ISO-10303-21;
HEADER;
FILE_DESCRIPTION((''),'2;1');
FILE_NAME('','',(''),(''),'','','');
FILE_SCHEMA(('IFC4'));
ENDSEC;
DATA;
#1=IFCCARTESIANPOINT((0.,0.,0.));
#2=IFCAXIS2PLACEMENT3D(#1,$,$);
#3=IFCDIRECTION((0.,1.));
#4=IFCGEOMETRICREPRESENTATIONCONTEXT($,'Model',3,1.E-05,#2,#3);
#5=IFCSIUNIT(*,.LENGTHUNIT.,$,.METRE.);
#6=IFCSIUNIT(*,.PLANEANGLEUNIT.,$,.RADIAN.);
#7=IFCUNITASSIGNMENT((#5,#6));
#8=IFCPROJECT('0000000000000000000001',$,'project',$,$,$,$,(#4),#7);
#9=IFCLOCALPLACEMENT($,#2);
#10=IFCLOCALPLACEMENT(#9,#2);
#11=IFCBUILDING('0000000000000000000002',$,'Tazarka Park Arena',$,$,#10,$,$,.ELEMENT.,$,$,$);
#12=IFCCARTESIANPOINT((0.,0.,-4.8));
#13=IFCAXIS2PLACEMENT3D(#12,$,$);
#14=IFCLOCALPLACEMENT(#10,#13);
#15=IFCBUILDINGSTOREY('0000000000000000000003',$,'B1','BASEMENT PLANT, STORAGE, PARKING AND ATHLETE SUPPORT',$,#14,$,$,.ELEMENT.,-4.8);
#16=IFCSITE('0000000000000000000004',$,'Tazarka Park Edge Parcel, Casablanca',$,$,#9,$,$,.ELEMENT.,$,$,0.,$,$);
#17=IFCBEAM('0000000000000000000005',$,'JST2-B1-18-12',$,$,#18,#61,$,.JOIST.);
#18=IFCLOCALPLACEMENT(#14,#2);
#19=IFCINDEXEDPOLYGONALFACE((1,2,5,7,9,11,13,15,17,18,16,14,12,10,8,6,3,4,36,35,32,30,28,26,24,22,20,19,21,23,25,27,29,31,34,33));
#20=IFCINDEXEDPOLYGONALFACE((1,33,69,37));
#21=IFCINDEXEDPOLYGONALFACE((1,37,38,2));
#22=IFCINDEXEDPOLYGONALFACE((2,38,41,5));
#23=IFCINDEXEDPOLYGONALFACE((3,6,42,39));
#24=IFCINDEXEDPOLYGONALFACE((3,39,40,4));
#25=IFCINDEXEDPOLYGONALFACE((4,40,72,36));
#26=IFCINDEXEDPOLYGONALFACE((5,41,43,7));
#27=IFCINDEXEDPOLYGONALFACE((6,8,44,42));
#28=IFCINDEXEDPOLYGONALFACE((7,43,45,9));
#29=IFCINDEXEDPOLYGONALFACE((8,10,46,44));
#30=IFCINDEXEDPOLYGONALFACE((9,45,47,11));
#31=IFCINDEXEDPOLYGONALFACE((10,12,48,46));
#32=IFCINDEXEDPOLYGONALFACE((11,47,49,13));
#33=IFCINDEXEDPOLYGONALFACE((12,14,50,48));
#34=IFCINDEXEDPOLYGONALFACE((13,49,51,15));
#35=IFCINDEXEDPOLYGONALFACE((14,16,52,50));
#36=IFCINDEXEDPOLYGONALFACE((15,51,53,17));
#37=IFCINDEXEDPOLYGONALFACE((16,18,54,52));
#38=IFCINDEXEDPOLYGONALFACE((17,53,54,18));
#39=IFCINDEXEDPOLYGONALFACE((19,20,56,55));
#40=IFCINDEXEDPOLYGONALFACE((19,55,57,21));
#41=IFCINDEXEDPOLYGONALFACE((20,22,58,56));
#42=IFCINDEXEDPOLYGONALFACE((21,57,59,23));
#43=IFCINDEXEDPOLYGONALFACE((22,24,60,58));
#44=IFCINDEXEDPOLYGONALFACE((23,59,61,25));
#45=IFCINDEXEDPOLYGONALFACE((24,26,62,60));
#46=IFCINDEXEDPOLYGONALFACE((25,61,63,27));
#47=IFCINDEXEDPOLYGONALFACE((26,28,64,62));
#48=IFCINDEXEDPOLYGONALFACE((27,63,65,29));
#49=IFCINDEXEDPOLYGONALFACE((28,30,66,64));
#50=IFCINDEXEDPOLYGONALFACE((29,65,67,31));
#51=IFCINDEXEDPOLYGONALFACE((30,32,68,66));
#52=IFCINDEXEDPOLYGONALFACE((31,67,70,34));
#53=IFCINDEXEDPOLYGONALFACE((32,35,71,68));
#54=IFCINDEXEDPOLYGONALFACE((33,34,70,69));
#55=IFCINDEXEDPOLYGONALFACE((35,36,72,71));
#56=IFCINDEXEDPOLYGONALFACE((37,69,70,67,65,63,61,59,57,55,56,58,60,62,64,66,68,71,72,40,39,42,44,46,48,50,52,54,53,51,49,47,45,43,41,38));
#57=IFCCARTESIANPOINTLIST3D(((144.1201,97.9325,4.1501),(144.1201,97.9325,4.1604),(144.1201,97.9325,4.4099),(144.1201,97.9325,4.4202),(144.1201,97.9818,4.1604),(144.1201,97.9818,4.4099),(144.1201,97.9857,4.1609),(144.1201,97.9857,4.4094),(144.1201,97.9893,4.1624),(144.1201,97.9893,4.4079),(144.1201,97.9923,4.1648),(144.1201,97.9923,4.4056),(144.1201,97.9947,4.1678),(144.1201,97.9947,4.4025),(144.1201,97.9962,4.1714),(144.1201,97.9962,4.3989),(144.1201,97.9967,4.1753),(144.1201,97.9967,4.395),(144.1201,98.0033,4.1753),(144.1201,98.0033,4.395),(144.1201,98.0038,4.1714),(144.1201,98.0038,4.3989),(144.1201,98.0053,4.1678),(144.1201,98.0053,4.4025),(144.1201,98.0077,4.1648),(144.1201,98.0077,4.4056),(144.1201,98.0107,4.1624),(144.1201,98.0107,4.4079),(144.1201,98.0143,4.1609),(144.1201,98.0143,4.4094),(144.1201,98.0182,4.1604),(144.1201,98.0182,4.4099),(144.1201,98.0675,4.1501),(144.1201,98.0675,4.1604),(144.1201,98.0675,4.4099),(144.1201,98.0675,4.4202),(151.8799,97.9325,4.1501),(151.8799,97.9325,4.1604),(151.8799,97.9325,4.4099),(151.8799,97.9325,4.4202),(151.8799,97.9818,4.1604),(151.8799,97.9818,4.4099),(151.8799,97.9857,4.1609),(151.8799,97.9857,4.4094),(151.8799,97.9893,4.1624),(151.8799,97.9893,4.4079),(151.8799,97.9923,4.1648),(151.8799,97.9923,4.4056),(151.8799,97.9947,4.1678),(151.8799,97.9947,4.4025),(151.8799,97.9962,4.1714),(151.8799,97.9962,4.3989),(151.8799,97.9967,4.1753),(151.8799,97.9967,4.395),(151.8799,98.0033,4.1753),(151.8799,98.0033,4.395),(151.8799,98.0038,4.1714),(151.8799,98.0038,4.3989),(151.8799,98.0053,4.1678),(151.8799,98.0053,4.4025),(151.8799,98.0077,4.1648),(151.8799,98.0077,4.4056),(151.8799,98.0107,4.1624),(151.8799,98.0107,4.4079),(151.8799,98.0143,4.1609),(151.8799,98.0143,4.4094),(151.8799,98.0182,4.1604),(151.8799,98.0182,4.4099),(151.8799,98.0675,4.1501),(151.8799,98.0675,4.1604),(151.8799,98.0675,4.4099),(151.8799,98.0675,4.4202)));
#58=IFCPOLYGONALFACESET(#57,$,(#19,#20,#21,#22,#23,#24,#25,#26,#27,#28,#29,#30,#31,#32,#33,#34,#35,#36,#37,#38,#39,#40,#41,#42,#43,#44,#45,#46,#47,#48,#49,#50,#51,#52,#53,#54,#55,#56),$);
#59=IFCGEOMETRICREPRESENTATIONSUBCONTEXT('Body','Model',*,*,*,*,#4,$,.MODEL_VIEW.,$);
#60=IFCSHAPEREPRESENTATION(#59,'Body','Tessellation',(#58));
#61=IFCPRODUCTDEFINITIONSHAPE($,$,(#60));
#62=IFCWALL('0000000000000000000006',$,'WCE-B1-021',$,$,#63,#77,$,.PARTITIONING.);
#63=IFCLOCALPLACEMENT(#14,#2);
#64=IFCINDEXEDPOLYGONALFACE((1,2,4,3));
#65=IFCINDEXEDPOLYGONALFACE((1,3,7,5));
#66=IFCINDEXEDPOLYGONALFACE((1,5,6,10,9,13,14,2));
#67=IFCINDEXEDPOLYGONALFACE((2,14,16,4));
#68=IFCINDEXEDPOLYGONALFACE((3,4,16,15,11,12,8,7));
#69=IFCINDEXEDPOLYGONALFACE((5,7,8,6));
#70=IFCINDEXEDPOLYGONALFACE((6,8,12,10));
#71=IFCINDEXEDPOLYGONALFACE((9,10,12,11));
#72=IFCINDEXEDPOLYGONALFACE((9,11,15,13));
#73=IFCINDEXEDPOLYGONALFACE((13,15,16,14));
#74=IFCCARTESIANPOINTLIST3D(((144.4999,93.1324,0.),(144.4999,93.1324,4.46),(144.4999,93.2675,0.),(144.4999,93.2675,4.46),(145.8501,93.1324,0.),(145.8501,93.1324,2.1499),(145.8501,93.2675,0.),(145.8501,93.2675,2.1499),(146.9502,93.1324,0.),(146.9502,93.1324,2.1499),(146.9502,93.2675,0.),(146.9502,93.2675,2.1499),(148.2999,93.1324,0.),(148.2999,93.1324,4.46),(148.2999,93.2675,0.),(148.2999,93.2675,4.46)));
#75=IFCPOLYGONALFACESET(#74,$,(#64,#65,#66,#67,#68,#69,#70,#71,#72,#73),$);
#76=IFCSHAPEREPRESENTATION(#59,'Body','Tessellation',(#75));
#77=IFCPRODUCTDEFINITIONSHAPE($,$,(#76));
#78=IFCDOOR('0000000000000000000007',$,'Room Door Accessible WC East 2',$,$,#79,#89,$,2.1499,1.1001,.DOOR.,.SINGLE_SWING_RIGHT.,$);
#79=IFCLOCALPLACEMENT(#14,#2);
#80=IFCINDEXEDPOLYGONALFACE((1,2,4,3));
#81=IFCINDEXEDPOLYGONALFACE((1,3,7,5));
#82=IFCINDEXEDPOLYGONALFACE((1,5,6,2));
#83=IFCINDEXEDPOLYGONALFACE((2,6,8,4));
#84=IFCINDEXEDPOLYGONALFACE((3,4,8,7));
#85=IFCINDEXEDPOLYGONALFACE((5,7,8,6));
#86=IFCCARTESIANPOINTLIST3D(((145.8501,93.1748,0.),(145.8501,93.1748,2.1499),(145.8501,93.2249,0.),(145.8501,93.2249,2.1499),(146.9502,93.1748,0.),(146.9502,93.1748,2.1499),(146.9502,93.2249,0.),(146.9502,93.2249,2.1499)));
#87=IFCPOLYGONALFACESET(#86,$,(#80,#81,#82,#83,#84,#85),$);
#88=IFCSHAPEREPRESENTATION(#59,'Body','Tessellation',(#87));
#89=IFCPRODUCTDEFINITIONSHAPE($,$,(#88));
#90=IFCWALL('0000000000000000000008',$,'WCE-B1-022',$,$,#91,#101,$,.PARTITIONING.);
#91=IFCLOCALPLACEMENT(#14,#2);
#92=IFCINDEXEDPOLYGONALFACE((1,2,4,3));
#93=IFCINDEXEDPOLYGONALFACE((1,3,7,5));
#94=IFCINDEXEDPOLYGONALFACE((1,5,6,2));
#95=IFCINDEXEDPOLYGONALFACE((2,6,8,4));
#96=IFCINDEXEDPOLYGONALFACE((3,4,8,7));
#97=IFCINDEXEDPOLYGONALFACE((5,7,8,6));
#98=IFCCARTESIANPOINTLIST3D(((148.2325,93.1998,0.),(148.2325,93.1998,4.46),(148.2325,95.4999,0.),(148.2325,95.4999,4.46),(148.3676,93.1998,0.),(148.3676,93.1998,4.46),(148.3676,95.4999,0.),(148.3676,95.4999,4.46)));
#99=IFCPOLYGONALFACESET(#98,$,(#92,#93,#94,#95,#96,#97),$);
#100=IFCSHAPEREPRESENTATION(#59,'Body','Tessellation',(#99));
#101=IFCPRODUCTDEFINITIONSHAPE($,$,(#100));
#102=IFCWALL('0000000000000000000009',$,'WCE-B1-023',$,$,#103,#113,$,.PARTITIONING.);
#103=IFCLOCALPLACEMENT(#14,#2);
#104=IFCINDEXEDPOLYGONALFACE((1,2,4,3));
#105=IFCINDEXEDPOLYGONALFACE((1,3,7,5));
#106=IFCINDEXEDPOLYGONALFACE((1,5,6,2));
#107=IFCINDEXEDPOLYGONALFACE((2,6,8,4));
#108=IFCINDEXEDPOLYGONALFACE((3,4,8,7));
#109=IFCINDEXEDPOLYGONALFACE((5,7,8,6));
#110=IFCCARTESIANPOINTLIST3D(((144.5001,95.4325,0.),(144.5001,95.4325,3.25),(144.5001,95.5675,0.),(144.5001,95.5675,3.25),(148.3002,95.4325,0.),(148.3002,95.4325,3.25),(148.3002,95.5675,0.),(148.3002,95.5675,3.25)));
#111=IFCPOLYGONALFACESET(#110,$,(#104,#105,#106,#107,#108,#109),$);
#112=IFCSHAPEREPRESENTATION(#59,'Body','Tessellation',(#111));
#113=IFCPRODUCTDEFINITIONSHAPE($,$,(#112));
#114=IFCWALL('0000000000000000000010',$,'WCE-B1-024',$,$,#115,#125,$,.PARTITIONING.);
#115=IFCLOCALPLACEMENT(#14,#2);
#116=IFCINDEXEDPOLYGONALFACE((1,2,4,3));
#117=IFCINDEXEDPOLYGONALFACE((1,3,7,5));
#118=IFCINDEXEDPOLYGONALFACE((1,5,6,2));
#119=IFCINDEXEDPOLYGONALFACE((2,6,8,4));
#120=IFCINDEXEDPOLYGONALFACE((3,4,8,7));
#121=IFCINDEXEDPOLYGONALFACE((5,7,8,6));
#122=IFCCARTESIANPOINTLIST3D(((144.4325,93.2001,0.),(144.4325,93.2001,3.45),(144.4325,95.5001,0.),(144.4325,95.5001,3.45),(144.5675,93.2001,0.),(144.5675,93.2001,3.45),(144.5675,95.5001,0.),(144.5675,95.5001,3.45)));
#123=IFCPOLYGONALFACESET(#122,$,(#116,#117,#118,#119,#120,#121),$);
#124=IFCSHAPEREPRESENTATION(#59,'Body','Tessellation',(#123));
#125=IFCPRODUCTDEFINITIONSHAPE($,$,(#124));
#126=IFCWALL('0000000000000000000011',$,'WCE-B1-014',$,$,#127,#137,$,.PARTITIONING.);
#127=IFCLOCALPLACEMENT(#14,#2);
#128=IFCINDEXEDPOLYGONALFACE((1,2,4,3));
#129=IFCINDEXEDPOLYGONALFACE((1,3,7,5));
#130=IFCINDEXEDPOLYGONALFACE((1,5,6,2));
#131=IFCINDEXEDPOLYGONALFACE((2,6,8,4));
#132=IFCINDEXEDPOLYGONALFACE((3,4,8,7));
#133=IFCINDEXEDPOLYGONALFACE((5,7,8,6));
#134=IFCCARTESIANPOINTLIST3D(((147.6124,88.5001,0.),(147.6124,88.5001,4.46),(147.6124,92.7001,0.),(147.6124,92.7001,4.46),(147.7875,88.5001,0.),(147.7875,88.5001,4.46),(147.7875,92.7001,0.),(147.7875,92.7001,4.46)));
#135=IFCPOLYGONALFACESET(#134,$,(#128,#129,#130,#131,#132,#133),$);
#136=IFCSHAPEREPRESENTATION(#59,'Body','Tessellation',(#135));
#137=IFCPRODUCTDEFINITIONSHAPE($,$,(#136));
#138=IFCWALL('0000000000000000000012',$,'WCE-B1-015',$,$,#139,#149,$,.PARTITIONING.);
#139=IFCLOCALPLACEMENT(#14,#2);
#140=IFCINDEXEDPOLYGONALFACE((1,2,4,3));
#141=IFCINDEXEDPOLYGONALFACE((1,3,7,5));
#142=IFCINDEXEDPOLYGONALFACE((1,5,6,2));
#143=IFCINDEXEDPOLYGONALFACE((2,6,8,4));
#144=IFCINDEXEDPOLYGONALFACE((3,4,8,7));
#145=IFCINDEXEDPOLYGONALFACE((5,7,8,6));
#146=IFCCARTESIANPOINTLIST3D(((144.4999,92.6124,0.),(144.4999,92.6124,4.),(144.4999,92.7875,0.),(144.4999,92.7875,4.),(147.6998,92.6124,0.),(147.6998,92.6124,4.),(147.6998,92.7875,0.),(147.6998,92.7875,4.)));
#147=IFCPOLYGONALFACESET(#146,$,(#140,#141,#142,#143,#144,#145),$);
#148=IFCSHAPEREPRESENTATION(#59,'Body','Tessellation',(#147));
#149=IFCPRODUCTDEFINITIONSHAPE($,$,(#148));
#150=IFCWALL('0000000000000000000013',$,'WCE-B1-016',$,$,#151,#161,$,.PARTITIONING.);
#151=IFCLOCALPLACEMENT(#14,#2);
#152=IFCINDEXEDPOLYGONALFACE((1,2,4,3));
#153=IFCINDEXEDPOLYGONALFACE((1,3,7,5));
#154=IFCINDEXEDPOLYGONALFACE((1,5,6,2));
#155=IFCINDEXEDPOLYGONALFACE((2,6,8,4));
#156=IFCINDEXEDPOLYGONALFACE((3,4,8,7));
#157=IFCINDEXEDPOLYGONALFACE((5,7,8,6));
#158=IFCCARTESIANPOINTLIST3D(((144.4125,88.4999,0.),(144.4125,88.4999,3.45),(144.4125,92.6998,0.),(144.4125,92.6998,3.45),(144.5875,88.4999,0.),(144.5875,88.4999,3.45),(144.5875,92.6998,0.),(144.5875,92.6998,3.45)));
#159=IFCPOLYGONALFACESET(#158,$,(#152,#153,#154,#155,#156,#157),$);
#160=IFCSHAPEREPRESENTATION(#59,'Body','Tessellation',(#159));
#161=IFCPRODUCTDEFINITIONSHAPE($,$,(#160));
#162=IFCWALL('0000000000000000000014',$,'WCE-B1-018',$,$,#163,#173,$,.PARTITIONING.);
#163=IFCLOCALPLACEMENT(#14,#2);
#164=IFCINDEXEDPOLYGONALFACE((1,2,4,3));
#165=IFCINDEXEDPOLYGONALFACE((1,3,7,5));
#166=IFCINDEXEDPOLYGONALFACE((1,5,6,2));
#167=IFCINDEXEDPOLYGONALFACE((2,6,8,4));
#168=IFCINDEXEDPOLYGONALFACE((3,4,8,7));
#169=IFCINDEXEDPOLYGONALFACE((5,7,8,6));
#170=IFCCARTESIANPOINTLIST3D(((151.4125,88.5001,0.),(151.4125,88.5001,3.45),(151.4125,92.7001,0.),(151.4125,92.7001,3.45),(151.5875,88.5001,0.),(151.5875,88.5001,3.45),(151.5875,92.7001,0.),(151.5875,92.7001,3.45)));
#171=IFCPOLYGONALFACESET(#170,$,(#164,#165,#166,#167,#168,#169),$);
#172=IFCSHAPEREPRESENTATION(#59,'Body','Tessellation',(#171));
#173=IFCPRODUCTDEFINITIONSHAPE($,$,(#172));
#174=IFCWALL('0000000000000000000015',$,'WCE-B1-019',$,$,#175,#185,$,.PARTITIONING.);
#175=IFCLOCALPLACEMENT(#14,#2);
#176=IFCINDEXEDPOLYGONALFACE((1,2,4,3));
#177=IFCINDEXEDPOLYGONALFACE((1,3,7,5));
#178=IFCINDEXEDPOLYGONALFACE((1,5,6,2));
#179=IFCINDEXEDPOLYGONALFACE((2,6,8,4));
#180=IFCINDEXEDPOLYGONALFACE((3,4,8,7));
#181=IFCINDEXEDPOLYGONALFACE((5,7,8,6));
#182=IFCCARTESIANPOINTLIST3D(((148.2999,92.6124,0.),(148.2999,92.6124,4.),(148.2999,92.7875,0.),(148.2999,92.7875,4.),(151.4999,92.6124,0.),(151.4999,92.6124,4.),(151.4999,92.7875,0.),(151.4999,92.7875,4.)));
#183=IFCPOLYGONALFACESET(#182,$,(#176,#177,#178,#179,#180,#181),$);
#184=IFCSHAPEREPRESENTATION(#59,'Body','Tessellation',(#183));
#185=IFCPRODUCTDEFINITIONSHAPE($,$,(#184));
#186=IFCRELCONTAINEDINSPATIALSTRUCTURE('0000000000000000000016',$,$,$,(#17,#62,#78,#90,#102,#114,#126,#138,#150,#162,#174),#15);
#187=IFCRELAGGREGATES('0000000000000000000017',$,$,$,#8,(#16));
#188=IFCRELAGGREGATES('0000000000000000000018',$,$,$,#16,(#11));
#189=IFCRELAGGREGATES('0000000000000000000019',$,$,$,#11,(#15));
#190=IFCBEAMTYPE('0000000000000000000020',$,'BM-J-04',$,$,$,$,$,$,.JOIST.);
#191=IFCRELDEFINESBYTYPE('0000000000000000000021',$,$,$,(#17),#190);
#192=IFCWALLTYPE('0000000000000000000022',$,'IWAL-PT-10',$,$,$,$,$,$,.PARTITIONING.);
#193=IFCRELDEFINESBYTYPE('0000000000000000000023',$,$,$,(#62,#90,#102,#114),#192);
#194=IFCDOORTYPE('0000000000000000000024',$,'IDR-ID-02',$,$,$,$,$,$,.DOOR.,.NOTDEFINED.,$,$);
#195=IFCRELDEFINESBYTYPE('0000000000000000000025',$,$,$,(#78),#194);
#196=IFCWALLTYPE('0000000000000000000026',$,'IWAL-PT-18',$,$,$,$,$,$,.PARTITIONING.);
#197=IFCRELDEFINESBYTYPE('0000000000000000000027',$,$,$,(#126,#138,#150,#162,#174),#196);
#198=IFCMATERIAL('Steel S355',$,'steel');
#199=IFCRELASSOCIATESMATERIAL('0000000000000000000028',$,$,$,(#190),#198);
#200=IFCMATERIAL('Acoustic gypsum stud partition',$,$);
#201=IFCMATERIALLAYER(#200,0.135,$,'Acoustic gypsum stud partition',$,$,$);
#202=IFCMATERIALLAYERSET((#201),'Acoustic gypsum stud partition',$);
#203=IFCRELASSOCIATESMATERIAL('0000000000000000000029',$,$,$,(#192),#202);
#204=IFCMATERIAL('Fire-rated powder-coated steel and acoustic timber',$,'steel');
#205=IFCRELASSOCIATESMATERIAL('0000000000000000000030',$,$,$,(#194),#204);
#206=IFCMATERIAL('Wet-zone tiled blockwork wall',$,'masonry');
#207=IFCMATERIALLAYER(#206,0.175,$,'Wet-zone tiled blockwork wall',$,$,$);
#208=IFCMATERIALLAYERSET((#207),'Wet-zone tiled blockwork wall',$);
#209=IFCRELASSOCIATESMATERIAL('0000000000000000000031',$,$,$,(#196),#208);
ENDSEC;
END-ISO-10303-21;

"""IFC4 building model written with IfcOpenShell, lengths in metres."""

from ifc_helpers import new_model, si_unit, direction, frame, frame_2d, origin, origin_2d, place, context, subcontext, project, spatial, rectangle, i_section, extrude, material, layer, layer_set, material_profile, profile_set, type_object, element, fill, save


model = new_model("IFC4")

# Units and contexts
model_context = context("Model", 3, precision=1e-05, world=origin(), true_north=direction((0.0, 1.0)))
body_context = subcontext(model_context, "Body", "Model", "MODEL_VIEW")
ifc_project = project(units=[si_unit("LENGTHUNIT", "METRE"), si_unit("PLANEANGLEUNIT", "RADIAN")], contexts=[model_context])

# Site, building, storey
site_placement = place(None, origin())
site = spatial("IfcSite", under=ifc_project, at=site_placement, Name="Tazarka Park Edge Parcel, Casablanca", CompositionType="ELEMENT", RefElevation=0.0)
building_placement = place(site_placement, origin())
building = spatial("IfcBuilding", under=site, at=building_placement, Name="Tazarka Park Arena", CompositionType="ELEMENT")
storey_placement = place(building_placement, frame((0.0, 0.0, -4.8)))
storey = spatial("IfcBuildingStorey", under=building, at=storey_placement, Name="B1", Description="BASEMENT PLANT, STORAGE, PARKING AND ATHLETE SUPPORT", CompositionType="ELEMENT", Elevation=-4.8)

# Beam
ifc_material_1 = material(Name="Steel S355", Category="steel")
ifc_material_profile_1 = material_profile(ifc_material_1, i_section(OverallWidth=0.135, OverallDepth=0.27, WebThickness=0.0066, FlangeThickness=0.0103, FilletRadius=0.0149, at=origin_2d()), Name="Steel S355")
ifc_profile_set_1 = profile_set([ifc_material_profile_1], Name="Steel S355")
beam_type_1 = type_object("IfcBeamType", Name="BM-J-04", PredefinedType="JOIST", material=ifc_profile_set_1)
beam_1_placement = place(storey_placement, frame((144.1201, 98.0, 4.2852), z_axis=(1.0, 0.0, 0.0), x_axis=(0.0, 1.0, 0.0)))
element("IfcBeam", 1, at=beam_1_placement, inside=storey, type_object=beam_type_1, Name="JST2-B1-18-12", PredefinedType="JOIST", context=body_context, shape_type="SweptSolid", body=[
    extrude(i_section(OverallWidth=0.135, OverallDepth=0.27, WebThickness=0.0066, FlangeThickness=0.0103, FilletRadius=0.0149, at=origin_2d()), origin(), (0.0, 0.0, 1.0), 7.7598),
])

# Wall, opening, door
ifc_material_2 = material(Name="Acoustic gypsum stud partition")
ifc_layer_1 = layer(ifc_material_2, 0.135, Name="Acoustic gypsum stud partition")
ifc_layer_set_1 = layer_set([ifc_layer_1], Name="Acoustic gypsum stud partition")
wall_type_1 = type_object("IfcWallType", Name="IWAL-PT-10", PredefinedType="PARTITIONING", material=ifc_layer_set_1)
wall_1_placement = place(storey_placement, frame((144.5, 93.2, 0.0), z_axis=(0.0, 0.0, 1.0), x_axis=(1.0, 0.0, 0.0)))
wall_1 = element("IfcWall", 2, at=wall_1_placement, inside=storey, type_object=wall_type_1, Name="WCE-B1-021", PredefinedType="PARTITIONING", context=body_context, shape_type="SweptSolid", body=[
    extrude(rectangle(XDim=3.8, YDim=0.135, at=frame_2d((1.8999, 0.0))), origin(), (0.0, 0.0, 1.0), 4.46),
])
opening_1_placement = place(wall_1_placement, frame((1.3501, 0.0, 0.0)))
opening_1 = element("IfcOpeningElement", 3, at=opening_1_placement, cuts=wall_1, PredefinedType="OPENING", context=body_context, shape_type="SweptSolid", body=[
    extrude(rectangle(XDim=1.1001, YDim=2.1499, at=frame_2d((0.55, 1.075))), frame((0.0, 0.0776, 0.0), z_axis=(0.0, -1.0, 0.0), x_axis=(1.0, 0.0, 0.0)), (0.0, 0.0, 1.0), 0.155),
])
ifc_material_3 = material(Name="Fire-rated powder-coated steel and acoustic timber", Category="steel")
door_type_1 = type_object("IfcDoorType", Name="IDR-ID-02", OperationType="NOTDEFINED", PredefinedType="DOOR", material=ifc_material_3)
door_1_placement = place(opening_1_placement, origin())
door_1 = element("IfcDoor", 4, at=door_1_placement, inside=storey, type_object=door_type_1, Name="Room Door Accessible WC East 2", OperationType="SINGLE_SWING_RIGHT", OverallHeight=2.1499, OverallWidth=1.1001, PredefinedType="DOOR", context=body_context, shape_type="SweptSolid", body=[
    extrude(rectangle(XDim=1.1001, YDim=2.1499, at=frame_2d((0.55, 1.075))), frame((0.0, 0.0249, 0.0), z_axis=(0.0, -1.0, 0.0), x_axis=(1.0, 0.0, 0.0)), (0.0, 0.0, 1.0), 0.05),
])
fill(opening_1, door_1)

# Walls
wall_2_placement = place(storey_placement, frame((148.3, 93.2, 0.0), z_axis=(0.0, 0.0, 1.0), x_axis=(0.0, 1.0, 0.0)))
element("IfcWall", 5, at=wall_2_placement, inside=storey, type_object=wall_type_1, Name="WCE-B1-022", PredefinedType="PARTITIONING", context=body_context, shape_type="SweptSolid", body=[
    extrude(rectangle(XDim=2.3, YDim=0.135, at=frame_2d((1.1499, 0.0))), origin(), (0.0, 0.0, 1.0), 4.46),
])
wall_3_placement = place(storey_placement, frame((148.3, 95.5, 0.0), z_axis=(0.0, 0.0, 1.0), x_axis=(-1.0, 0.0, 0.0)))
element("IfcWall", 6, at=wall_3_placement, inside=storey, type_object=wall_type_1, Name="WCE-B1-023", PredefinedType="PARTITIONING", context=body_context, shape_type="SweptSolid", body=[
    extrude(rectangle(XDim=3.8, YDim=0.135, at=frame_2d((1.8999, 0.0))), origin(), (0.0, 0.0, 1.0), 3.25),
])
wall_4_placement = place(storey_placement, frame((144.5, 95.5, 0.0), z_axis=(0.0, 0.0, 1.0), x_axis=(0.0, -1.0, 0.0)))
element("IfcWall", 7, at=wall_4_placement, inside=storey, type_object=wall_type_1, Name="WCE-B1-024", PredefinedType="PARTITIONING", context=body_context, shape_type="SweptSolid", body=[
    extrude(rectangle(XDim=2.3, YDim=0.135, at=frame_2d((1.1499, 0.0))), origin(), (0.0, 0.0, 1.0), 3.45),
])

# Shared definitions
ifc_material_4 = material(Name="Wet-zone tiled blockwork wall", Category="masonry")
ifc_layer_2 = layer(ifc_material_4, 0.175, Name="Wet-zone tiled blockwork wall")
ifc_layer_set_2 = layer_set([ifc_layer_2], Name="Wet-zone tiled blockwork wall")
wall_type_2 = type_object("IfcWallType", Name="IWAL-PT-18", PredefinedType="PARTITIONING", material=ifc_layer_set_2)

# Walls
wall_5_placement = place(storey_placement, frame((147.7, 88.5, 0.0), z_axis=(0.0, 0.0, 1.0), x_axis=(0.0, 1.0, 0.0)))
element("IfcWall", 8, at=wall_5_placement, inside=storey, type_object=wall_type_2, Name="WCE-B1-014", PredefinedType="PARTITIONING", context=body_context, shape_type="SweptSolid", body=[
    extrude(rectangle(XDim=4.2, YDim=0.175, at=frame_2d((2.1001, 0.0))), origin(), (0.0, 0.0, 1.0), 4.46),
])
wall_6_placement = place(storey_placement, frame((147.7, 92.7, 0.0), z_axis=(0.0, 0.0, 1.0), x_axis=(-1.0, 0.0, 0.0)))
element("IfcWall", 9, at=wall_6_placement, inside=storey, type_object=wall_type_2, Name="WCE-B1-015", PredefinedType="PARTITIONING", context=body_context, shape_type="SweptSolid", body=[
    extrude(rectangle(XDim=3.2, YDim=0.175, at=frame_2d((1.6001, 0.0))), origin(), (0.0, 0.0, 1.0), 4.0),
])
wall_7_placement = place(storey_placement, frame((144.5, 92.7, 0.0), z_axis=(0.0, 0.0, 1.0), x_axis=(0.0, -1.0, 0.0)))
element("IfcWall", 10, at=wall_7_placement, inside=storey, type_object=wall_type_2, Name="WCE-B1-016", PredefinedType="PARTITIONING", context=body_context, shape_type="SweptSolid", body=[
    extrude(rectangle(XDim=4.2, YDim=0.175, at=frame_2d((2.1001, 0.0))), origin(), (0.0, 0.0, 1.0), 3.45),
])

# Walls
wall_8_placement = place(storey_placement, frame((151.5, 88.5, 0.0), z_axis=(0.0, 0.0, 1.0), x_axis=(0.0, 1.0, 0.0)))
element("IfcWall", 11, at=wall_8_placement, inside=storey, type_object=wall_type_2, Name="WCE-B1-018", PredefinedType="PARTITIONING", context=body_context, shape_type="SweptSolid", body=[
    extrude(rectangle(XDim=4.2, YDim=0.175, at=frame_2d((2.1001, 0.0))), origin(), (0.0, 0.0, 1.0), 3.45),
])
wall_9_placement = place(storey_placement, frame((151.5, 92.7, 0.0), z_axis=(0.0, 0.0, 1.0), x_axis=(-1.0, 0.0, 0.0)))
element("IfcWall", 12, at=wall_9_placement, inside=storey, type_object=wall_type_2, Name="WCE-B1-019", PredefinedType="PARTITIONING", context=body_context, shape_type="SweptSolid", body=[
    extrude(rectangle(XDim=3.2, YDim=0.175, at=frame_2d((1.6001, 0.0))), origin(), (0.0, 0.0, 1.0), 4.0),
])

save(model, "model.ifc")
